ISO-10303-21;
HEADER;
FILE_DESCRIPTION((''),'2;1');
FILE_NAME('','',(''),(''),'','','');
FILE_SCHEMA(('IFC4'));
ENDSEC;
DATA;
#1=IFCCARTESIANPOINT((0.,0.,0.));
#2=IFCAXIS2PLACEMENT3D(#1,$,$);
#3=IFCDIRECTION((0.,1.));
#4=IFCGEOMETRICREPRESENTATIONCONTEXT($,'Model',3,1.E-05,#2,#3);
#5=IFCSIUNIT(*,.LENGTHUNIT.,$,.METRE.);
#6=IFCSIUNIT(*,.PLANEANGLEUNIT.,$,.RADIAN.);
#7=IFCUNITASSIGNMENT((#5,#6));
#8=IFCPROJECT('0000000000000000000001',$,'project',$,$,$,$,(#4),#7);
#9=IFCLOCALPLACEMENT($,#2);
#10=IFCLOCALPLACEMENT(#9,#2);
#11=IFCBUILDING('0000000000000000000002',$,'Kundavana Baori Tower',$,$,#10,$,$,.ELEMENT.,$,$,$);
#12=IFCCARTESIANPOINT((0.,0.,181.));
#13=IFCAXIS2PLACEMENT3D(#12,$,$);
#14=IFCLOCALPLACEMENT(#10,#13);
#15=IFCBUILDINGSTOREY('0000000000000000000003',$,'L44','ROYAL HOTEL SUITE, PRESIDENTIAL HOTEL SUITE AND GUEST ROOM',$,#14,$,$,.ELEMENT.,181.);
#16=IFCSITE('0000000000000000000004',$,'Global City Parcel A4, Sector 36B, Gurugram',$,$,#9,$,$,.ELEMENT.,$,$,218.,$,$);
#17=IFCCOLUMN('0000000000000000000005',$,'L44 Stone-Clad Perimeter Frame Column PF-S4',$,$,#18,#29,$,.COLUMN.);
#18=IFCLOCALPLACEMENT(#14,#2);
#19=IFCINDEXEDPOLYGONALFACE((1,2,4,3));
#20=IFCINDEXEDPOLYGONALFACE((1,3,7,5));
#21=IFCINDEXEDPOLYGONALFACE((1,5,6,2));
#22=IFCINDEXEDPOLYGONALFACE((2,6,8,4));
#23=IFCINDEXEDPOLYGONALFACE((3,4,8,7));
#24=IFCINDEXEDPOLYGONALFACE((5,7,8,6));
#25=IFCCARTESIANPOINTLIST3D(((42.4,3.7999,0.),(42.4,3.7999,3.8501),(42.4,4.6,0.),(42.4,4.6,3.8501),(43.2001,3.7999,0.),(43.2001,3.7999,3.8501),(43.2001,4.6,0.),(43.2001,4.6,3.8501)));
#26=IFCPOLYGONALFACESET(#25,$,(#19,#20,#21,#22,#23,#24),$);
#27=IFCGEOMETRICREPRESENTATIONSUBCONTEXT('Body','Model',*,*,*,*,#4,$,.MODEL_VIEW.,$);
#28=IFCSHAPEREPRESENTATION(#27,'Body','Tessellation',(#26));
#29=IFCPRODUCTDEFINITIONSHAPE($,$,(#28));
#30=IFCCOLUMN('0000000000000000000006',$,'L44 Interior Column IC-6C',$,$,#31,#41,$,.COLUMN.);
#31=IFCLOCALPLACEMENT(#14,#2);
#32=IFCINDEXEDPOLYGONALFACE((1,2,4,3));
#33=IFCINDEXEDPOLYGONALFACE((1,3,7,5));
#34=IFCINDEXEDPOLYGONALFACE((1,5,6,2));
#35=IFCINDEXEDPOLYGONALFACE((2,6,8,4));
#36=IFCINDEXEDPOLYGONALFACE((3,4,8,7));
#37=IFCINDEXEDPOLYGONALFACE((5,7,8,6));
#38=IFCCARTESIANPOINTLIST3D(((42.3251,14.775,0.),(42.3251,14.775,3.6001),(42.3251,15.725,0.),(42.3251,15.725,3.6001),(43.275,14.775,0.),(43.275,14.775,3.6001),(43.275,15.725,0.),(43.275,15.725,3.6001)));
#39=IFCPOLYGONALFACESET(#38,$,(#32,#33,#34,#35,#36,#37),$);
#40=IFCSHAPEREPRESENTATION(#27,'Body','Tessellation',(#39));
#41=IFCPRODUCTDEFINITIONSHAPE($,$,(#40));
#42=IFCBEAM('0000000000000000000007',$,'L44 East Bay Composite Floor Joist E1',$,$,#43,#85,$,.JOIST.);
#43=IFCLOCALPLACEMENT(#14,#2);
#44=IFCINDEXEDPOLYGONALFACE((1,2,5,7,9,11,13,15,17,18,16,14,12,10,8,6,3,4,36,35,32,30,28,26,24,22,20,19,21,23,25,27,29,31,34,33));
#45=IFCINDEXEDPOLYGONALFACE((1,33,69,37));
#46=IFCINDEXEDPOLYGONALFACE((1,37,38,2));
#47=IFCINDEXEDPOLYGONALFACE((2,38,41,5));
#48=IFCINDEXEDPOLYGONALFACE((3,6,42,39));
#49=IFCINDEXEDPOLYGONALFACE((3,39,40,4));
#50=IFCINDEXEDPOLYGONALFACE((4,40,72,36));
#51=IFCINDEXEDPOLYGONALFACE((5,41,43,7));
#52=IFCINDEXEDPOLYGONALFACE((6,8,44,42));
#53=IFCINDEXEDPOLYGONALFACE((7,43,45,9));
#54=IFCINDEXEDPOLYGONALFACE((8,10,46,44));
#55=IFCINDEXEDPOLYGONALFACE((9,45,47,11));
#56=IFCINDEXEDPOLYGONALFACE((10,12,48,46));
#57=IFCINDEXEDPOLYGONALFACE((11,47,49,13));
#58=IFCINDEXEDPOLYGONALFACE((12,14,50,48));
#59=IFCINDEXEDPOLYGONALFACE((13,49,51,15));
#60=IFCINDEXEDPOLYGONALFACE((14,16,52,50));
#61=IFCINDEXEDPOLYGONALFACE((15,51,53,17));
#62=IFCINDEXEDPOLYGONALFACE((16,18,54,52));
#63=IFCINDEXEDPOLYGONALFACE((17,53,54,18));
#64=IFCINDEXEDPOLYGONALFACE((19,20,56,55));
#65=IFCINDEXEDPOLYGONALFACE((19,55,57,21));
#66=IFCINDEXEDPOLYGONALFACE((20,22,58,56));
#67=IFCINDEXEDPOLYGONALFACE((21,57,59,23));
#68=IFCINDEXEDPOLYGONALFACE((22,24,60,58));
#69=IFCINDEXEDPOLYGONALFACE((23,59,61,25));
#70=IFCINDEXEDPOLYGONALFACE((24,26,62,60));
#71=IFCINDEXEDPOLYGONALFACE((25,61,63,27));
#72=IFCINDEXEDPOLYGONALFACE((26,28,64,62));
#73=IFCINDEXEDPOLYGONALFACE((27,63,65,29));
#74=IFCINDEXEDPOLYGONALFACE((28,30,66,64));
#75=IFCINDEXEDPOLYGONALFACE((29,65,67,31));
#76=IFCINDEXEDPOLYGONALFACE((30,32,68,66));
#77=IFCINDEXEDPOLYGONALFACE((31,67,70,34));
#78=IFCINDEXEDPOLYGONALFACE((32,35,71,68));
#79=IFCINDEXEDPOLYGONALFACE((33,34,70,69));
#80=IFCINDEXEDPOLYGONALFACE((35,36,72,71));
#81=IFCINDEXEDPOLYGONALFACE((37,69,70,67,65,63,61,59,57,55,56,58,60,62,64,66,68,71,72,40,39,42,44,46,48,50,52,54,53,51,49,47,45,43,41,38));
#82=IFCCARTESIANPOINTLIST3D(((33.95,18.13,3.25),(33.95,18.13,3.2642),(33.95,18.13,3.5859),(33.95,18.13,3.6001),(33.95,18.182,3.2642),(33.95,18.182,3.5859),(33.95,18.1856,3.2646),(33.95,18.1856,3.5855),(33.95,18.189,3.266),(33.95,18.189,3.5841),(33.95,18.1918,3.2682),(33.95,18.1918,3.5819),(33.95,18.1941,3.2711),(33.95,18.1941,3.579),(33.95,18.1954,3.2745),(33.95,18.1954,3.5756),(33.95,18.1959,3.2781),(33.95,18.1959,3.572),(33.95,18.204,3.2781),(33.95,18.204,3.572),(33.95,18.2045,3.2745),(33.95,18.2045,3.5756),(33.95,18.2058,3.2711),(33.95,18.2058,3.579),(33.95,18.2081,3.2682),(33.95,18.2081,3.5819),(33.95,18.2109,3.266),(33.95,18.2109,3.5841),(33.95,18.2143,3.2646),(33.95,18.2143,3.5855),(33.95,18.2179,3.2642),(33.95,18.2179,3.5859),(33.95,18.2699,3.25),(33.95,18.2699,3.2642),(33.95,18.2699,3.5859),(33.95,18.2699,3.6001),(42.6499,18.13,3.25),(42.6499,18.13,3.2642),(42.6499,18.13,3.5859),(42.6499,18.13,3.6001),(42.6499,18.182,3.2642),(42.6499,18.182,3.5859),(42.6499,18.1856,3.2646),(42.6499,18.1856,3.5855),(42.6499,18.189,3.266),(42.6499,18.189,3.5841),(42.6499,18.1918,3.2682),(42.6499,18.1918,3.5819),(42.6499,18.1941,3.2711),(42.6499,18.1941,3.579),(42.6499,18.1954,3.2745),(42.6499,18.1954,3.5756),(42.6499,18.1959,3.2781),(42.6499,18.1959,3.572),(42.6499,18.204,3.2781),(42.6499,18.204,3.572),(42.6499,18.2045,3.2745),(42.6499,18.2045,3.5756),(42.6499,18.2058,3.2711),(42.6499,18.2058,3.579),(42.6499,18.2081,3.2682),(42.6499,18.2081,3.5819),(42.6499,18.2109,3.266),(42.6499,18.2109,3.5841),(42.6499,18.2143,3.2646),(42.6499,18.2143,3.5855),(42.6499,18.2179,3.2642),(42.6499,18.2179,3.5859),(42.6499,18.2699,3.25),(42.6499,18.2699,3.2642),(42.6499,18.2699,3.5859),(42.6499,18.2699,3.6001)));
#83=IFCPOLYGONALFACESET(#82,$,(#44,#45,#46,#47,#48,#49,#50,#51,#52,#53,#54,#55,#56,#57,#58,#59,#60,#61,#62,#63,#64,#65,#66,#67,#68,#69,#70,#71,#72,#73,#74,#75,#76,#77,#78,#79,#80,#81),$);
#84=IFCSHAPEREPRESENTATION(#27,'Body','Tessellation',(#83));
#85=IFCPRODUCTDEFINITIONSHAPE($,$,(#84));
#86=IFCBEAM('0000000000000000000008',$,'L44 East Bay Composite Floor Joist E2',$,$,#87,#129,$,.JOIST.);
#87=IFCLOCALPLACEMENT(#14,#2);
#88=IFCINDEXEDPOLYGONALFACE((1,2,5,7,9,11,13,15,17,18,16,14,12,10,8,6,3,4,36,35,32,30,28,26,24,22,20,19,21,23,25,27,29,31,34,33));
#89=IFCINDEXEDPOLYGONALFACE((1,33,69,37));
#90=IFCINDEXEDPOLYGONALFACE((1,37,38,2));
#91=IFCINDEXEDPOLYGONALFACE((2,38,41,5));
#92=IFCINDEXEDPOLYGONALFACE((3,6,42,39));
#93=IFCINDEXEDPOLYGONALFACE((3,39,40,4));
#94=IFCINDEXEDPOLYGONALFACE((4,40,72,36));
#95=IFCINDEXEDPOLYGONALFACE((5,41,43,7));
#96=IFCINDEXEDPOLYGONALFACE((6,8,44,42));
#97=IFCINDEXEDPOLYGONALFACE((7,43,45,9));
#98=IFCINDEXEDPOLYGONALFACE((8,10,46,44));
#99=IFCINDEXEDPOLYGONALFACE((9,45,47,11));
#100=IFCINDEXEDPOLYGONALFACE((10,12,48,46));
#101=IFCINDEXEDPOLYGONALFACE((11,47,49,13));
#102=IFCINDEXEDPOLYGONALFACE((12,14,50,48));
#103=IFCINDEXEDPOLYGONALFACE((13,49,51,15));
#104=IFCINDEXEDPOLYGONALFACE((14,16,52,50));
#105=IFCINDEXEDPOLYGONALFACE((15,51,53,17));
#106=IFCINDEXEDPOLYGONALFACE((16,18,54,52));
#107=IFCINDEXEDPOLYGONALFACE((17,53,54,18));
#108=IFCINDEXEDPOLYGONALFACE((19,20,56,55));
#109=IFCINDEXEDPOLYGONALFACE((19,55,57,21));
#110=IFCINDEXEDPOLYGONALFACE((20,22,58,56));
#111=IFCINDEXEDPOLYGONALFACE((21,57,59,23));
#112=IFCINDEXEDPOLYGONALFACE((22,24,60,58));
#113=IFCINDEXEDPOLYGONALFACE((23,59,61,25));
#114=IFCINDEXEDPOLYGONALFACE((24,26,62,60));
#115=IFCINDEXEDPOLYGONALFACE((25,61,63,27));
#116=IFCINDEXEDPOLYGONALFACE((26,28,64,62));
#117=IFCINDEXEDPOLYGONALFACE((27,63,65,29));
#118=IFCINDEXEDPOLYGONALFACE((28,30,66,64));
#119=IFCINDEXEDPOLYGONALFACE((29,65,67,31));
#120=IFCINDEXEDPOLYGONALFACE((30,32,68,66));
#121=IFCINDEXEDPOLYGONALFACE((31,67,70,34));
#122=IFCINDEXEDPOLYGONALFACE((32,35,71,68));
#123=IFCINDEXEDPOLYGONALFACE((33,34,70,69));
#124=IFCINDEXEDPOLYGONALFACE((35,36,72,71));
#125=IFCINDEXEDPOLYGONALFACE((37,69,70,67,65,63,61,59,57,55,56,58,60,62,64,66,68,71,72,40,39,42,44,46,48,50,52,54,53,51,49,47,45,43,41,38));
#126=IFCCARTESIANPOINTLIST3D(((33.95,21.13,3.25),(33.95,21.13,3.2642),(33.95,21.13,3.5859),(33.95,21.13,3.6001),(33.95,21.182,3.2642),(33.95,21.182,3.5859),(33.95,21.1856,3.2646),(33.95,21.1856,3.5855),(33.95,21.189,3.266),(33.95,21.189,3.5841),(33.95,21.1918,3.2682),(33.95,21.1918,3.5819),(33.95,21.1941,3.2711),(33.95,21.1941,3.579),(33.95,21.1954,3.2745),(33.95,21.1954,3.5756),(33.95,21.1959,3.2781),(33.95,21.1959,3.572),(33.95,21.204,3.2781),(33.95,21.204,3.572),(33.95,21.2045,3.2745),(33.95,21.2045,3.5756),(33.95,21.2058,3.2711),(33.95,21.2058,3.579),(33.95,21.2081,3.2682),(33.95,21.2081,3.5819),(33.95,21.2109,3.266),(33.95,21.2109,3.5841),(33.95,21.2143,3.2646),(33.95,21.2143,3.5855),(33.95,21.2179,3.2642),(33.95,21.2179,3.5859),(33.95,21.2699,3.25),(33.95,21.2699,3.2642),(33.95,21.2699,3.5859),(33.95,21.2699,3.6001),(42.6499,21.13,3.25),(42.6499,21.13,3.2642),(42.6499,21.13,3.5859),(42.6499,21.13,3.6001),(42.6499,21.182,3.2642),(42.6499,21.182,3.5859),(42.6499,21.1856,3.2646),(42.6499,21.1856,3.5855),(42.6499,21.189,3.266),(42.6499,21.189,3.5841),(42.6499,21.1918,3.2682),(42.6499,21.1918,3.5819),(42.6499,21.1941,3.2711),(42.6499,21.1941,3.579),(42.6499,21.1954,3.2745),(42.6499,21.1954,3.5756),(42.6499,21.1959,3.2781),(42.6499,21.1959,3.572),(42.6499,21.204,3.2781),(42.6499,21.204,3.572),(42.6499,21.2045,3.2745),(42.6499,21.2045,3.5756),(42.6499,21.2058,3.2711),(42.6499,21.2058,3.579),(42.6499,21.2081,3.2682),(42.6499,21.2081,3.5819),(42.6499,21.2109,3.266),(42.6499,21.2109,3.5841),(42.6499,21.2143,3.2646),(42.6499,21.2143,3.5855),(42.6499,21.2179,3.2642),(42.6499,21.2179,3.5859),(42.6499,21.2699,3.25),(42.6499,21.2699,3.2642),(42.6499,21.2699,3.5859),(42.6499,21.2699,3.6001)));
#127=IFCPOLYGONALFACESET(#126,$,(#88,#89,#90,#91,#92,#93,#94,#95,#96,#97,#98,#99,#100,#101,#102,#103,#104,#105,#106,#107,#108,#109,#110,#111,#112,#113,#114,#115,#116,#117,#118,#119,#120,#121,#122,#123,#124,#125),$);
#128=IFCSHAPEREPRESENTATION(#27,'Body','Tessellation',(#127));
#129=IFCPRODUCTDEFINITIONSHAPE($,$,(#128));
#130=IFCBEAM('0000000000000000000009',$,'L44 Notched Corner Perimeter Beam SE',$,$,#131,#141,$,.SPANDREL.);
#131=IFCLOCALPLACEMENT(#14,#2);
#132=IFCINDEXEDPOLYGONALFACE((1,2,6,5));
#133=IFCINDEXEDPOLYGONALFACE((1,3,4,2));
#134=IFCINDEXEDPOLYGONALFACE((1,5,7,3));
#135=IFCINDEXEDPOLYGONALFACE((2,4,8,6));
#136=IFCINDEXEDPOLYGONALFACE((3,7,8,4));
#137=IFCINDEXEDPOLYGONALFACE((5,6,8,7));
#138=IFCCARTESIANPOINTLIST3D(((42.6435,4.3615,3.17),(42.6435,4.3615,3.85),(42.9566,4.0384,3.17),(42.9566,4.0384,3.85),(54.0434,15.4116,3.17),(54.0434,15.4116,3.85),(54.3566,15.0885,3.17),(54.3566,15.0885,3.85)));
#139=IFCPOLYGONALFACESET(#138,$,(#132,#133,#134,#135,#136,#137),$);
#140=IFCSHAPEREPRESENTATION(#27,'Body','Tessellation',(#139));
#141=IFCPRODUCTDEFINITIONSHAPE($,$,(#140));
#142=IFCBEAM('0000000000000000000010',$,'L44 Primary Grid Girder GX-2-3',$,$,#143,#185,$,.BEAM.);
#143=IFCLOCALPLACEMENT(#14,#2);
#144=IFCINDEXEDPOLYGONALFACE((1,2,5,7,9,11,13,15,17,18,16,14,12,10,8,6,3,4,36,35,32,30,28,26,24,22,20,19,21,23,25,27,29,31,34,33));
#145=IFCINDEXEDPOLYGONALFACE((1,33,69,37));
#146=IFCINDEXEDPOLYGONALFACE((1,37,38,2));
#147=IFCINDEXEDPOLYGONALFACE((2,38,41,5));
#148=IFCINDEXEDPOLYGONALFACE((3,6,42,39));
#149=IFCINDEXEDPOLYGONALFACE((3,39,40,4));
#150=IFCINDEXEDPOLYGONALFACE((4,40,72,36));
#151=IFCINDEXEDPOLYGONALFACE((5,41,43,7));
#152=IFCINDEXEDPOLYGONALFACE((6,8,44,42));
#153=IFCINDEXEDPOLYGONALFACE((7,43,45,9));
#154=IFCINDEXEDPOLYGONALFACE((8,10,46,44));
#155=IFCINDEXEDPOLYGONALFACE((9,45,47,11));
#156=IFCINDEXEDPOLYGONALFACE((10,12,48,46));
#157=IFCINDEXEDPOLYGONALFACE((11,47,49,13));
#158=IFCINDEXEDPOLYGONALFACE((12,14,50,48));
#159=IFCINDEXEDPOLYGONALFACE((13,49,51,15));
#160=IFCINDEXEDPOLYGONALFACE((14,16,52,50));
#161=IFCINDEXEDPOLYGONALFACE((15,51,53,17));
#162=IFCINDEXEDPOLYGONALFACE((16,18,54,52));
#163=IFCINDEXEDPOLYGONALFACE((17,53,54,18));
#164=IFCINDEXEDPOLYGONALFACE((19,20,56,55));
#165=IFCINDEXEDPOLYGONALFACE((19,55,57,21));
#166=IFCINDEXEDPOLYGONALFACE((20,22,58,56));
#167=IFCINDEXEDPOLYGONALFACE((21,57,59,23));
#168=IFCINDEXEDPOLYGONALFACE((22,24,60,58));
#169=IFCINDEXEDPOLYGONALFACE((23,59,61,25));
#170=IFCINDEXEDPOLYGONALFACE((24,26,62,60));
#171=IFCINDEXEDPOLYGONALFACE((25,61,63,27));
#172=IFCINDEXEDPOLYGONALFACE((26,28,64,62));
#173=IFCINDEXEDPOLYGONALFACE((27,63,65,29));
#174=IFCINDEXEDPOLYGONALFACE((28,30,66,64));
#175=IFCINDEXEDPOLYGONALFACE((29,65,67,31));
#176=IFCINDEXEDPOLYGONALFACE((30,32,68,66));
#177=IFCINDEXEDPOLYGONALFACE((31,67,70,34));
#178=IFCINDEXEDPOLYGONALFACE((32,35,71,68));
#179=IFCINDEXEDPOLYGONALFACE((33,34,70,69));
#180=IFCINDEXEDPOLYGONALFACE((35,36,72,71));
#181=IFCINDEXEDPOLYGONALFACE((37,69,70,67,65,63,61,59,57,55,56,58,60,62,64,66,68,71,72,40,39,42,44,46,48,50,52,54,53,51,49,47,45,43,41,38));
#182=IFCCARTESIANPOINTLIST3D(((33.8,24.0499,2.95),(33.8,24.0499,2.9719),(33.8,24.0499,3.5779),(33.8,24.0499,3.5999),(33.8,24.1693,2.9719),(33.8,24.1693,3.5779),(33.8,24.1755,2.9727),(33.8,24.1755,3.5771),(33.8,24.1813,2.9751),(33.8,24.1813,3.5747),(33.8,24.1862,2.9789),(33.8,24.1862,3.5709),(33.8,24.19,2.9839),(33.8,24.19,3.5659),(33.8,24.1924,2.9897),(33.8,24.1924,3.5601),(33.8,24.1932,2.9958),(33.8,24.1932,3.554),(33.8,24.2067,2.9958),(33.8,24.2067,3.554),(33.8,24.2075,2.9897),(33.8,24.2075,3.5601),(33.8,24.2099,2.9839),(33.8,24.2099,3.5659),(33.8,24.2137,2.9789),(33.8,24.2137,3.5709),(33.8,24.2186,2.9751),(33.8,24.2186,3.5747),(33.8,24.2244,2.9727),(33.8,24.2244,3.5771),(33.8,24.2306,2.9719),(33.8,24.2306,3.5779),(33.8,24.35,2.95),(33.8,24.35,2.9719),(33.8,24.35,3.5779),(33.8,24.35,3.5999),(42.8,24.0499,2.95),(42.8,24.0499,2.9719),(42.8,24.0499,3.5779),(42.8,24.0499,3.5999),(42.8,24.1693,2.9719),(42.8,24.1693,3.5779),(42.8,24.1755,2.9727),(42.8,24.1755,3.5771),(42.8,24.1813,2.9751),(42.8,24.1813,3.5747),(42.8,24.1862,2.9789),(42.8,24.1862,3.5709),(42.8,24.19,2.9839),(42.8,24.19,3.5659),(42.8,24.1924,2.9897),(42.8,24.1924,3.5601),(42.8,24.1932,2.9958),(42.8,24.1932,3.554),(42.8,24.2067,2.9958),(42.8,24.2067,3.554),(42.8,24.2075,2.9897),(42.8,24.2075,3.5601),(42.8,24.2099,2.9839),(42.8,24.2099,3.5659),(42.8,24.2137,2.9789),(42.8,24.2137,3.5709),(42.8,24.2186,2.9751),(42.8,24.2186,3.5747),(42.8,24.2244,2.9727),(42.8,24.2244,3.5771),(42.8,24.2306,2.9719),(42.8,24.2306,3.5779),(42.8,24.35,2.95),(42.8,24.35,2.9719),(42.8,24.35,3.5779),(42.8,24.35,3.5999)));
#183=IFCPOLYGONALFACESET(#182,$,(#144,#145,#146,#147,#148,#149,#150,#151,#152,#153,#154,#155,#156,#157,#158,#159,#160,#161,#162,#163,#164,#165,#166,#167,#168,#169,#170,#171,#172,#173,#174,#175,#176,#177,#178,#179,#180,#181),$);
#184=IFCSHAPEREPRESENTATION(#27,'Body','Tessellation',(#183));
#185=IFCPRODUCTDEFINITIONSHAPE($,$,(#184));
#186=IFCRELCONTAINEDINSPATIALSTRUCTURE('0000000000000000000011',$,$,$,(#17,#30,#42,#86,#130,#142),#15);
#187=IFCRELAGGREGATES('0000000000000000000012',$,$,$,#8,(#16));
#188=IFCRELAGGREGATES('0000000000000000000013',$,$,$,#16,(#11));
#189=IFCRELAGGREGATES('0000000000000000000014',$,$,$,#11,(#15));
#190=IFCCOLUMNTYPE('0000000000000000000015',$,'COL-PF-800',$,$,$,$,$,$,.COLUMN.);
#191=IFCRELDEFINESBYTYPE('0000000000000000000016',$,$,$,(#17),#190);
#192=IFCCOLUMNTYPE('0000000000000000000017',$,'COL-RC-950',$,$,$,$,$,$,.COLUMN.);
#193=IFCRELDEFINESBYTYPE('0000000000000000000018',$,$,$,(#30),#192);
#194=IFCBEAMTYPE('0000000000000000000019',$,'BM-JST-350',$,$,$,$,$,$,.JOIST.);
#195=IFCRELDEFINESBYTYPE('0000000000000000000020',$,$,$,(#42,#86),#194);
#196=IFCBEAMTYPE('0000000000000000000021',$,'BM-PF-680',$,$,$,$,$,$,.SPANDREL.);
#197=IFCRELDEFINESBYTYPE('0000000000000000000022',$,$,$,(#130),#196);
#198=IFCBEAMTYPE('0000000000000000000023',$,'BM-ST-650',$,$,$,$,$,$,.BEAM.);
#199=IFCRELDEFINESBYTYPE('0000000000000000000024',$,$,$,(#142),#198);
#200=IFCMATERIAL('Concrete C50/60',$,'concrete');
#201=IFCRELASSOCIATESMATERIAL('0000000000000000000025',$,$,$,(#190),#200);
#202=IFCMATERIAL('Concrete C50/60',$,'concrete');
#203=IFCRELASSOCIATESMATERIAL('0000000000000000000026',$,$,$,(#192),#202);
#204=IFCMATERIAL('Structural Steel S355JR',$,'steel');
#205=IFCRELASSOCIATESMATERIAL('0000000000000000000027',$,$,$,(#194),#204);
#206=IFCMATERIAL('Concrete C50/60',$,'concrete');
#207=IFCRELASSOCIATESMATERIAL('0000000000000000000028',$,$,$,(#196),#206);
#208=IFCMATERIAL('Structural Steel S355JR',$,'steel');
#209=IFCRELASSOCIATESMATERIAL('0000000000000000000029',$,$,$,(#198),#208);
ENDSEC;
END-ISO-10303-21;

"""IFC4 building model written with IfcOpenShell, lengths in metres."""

from ifc_helpers import new_model, si_unit, direction, frame, origin, origin_2d, place, context, subcontext, project, spatial, rectangle, i_section, extrude, material, material_profile, profile_set, type_object, element, save


model = new_model("IFC4")

# Units and contexts
model_context = context("Model", 3, precision=1e-05, world=origin(), true_north=direction((0.0, 1.0)))
body_context = subcontext(model_context, "Body", "Model", "MODEL_VIEW")
ifc_project = project(units=[si_unit("LENGTHUNIT", "METRE"), si_unit("PLANEANGLEUNIT", "RADIAN")], contexts=[model_context])

# Site, building, storey
site_placement = place(None, origin())
site = spatial("IfcSite", under=ifc_project, at=site_placement, Name="Global City Parcel A4, Sector 36B, Gurugram", CompositionType="ELEMENT", RefElevation=218.0)
building_placement = place(site_placement, origin())
building = spatial("IfcBuilding", under=site, at=building_placement, Name="Kundavana Baori Tower", CompositionType="ELEMENT")
storey_placement = place(building_placement, frame((0.0, 0.0, 181.0)))
storey = spatial("IfcBuildingStorey", under=building, at=storey_placement, Name="L44", Description="ROYAL HOTEL SUITE, PRESIDENTIAL HOTEL SUITE AND GUEST ROOM", CompositionType="ELEMENT", Elevation=181.0)

# Columns
ifc_material_1 = material(Name="Concrete C50/60", Category="concrete")
ifc_material_profile_1 = material_profile(ifc_material_1, rectangle(XDim=0.8, YDim=0.8, at=origin_2d()), Name="RC PF 800x800")
ifc_profile_set_1 = profile_set([ifc_material_profile_1], Name="Concrete C50/60")
column_type_1 = type_object("IfcColumnType", Name="COL-PF-800", PredefinedType="COLUMN", material=ifc_profile_set_1)
column_1_placement = place(storey_placement, frame((42.8, 4.2, 0.0), z_axis=(0.0, 0.0, 1.0), x_axis=(1.0, 0.0, 0.0)))
element("IfcColumn", 1, at=column_1_placement, inside=storey, type_object=column_type_1, Name="L44 Stone-Clad Perimeter Frame Column PF-S4", PredefinedType="COLUMN", context=body_context, shape_type="SweptSolid", body=[
    extrude(rectangle(XDim=0.8, YDim=0.8, at=origin_2d()), origin(), (0.0, 0.0, 1.0), 3.8501),
])
ifc_material_2 = material(Name="Concrete C50/60", Category="concrete")
ifc_material_profile_2 = material_profile(ifc_material_2, rectangle(XDim=0.95, YDim=0.95, at=origin_2d()), Name="RC 950x950")
ifc_profile_set_2 = profile_set([ifc_material_profile_2], Name="Concrete C50/60")
column_type_2 = type_object("IfcColumnType", Name="COL-RC-950", PredefinedType="COLUMN", material=ifc_profile_set_2)
column_2_placement = place(storey_placement, frame((42.8, 15.25, 0.0), z_axis=(0.0, 0.0, 1.0), x_axis=(1.0, 0.0, 0.0)))
element("IfcColumn", 2, at=column_2_placement, inside=storey, type_object=column_type_2, Name="L44 Interior Column IC-6C", PredefinedType="COLUMN", context=body_context, shape_type="SweptSolid", body=[
    extrude(rectangle(XDim=0.95, YDim=0.95, at=origin_2d()), origin(), (0.0, 0.0, 1.0), 3.6001),
])

# Beams
ifc_material_3 = material(Name="Structural Steel S355JR", Category="steel")
ifc_material_profile_3 = material_profile(ifc_material_3, i_section(OverallWidth=0.1399, OverallDepth=0.3501, WebThickness=0.0081, FlangeThickness=0.0142, FilletRadius=0.0139, at=origin_2d()), Name="ISMB 350")
ifc_profile_set_3 = profile_set([ifc_material_profile_3], Name="Structural Steel S355JR")
beam_type_1 = type_object("IfcBeamType", Name="BM-JST-350", PredefinedType="JOIST", material=ifc_profile_set_3)
for number, where, z_axis, x_axis, name in (
    (3, (33.95, 18.2, 3.425), (1.0, 0.0, 0.0), (0.0, 1.0, 0.0), "L44 East Bay Composite Floor Joist E1"),
    (4, (33.95, 21.2, 3.425), (1.0, 0.0, 0.0), (0.0, 1.0, 0.0), "L44 East Bay Composite Floor Joist E2"),
):
    element("IfcBeam", number, at=place(storey_placement, frame(where, z_axis=z_axis, x_axis=x_axis)), inside=storey, type_object=beam_type_1, Name=name, PredefinedType="JOIST", context=body_context, shape_type="SweptSolid", body=[
        extrude(i_section(OverallWidth=0.1399, OverallDepth=0.3501, WebThickness=0.0081, FlangeThickness=0.0142, FilletRadius=0.0139, at=origin_2d()), origin(), (0.0, 0.0, 1.0), 8.7),
    ])
ifc_material_4 = material(Name="Concrete C50/60", Category="concrete")
ifc_material_profile_4 = material_profile(ifc_material_4, rectangle(XDim=0.45, YDim=0.6799, at=origin_2d()), Name="RC BM 450x680")
ifc_profile_set_4 = profile_set([ifc_material_profile_4], Name="Concrete C50/60")
beam_type_2 = type_object("IfcBeamType", Name="BM-PF-680", PredefinedType="SPANDREL", material=ifc_profile_set_4)
beam_1_placement = place(storey_placement, frame((42.8, 4.2, 3.51), z_axis=(0.718039, 0.696003, 0.0), x_axis=(-0.696003, 0.718039, 0.0)))
element("IfcBeam", 5, at=beam_1_placement, inside=storey, type_object=beam_type_2, Name="L44 Notched Corner Perimeter Beam SE", PredefinedType="SPANDREL", context=body_context, shape_type="SweptSolid", body=[
    extrude(rectangle(XDim=0.45, YDim=0.6799, at=origin_2d()), origin(), (0.0, 0.0, 1.0), 15.8765),
])
ifc_material_5 = material(Name="Structural Steel S355JR", Category="steel")
ifc_material_profile_5 = material_profile(ifc_material_5, i_section(OverallWidth=0.3, OverallDepth=0.6499, WebThickness=0.0134, FlangeThickness=0.022, FilletRadius=0.0239, at=origin_2d()), Name="NPB 650x300x155")
ifc_profile_set_5 = profile_set([ifc_material_profile_5], Name="Structural Steel S355JR")
beam_type_3 = type_object("IfcBeamType", Name="BM-ST-650", PredefinedType="BEAM", material=ifc_profile_set_5)
beam_2_placement = place(storey_placement, frame((33.8, 24.2, 3.2749), z_axis=(1.0, 0.0, 0.0), x_axis=(0.0, 1.0, 0.0)))
element("IfcBeam", 6, at=beam_2_placement, inside=storey, type_object=beam_type_3, Name="L44 Primary Grid Girder GX-2-3", PredefinedType="BEAM", context=body_context, shape_type="SweptSolid", body=[
    extrude(i_section(OverallWidth=0.3, OverallDepth=0.6499, WebThickness=0.0134, FlangeThickness=0.022, FilletRadius=0.0239, at=origin_2d()), origin(), (0.0, 0.0, 1.0), 9.0),
])

save(model, "model.ifc")
